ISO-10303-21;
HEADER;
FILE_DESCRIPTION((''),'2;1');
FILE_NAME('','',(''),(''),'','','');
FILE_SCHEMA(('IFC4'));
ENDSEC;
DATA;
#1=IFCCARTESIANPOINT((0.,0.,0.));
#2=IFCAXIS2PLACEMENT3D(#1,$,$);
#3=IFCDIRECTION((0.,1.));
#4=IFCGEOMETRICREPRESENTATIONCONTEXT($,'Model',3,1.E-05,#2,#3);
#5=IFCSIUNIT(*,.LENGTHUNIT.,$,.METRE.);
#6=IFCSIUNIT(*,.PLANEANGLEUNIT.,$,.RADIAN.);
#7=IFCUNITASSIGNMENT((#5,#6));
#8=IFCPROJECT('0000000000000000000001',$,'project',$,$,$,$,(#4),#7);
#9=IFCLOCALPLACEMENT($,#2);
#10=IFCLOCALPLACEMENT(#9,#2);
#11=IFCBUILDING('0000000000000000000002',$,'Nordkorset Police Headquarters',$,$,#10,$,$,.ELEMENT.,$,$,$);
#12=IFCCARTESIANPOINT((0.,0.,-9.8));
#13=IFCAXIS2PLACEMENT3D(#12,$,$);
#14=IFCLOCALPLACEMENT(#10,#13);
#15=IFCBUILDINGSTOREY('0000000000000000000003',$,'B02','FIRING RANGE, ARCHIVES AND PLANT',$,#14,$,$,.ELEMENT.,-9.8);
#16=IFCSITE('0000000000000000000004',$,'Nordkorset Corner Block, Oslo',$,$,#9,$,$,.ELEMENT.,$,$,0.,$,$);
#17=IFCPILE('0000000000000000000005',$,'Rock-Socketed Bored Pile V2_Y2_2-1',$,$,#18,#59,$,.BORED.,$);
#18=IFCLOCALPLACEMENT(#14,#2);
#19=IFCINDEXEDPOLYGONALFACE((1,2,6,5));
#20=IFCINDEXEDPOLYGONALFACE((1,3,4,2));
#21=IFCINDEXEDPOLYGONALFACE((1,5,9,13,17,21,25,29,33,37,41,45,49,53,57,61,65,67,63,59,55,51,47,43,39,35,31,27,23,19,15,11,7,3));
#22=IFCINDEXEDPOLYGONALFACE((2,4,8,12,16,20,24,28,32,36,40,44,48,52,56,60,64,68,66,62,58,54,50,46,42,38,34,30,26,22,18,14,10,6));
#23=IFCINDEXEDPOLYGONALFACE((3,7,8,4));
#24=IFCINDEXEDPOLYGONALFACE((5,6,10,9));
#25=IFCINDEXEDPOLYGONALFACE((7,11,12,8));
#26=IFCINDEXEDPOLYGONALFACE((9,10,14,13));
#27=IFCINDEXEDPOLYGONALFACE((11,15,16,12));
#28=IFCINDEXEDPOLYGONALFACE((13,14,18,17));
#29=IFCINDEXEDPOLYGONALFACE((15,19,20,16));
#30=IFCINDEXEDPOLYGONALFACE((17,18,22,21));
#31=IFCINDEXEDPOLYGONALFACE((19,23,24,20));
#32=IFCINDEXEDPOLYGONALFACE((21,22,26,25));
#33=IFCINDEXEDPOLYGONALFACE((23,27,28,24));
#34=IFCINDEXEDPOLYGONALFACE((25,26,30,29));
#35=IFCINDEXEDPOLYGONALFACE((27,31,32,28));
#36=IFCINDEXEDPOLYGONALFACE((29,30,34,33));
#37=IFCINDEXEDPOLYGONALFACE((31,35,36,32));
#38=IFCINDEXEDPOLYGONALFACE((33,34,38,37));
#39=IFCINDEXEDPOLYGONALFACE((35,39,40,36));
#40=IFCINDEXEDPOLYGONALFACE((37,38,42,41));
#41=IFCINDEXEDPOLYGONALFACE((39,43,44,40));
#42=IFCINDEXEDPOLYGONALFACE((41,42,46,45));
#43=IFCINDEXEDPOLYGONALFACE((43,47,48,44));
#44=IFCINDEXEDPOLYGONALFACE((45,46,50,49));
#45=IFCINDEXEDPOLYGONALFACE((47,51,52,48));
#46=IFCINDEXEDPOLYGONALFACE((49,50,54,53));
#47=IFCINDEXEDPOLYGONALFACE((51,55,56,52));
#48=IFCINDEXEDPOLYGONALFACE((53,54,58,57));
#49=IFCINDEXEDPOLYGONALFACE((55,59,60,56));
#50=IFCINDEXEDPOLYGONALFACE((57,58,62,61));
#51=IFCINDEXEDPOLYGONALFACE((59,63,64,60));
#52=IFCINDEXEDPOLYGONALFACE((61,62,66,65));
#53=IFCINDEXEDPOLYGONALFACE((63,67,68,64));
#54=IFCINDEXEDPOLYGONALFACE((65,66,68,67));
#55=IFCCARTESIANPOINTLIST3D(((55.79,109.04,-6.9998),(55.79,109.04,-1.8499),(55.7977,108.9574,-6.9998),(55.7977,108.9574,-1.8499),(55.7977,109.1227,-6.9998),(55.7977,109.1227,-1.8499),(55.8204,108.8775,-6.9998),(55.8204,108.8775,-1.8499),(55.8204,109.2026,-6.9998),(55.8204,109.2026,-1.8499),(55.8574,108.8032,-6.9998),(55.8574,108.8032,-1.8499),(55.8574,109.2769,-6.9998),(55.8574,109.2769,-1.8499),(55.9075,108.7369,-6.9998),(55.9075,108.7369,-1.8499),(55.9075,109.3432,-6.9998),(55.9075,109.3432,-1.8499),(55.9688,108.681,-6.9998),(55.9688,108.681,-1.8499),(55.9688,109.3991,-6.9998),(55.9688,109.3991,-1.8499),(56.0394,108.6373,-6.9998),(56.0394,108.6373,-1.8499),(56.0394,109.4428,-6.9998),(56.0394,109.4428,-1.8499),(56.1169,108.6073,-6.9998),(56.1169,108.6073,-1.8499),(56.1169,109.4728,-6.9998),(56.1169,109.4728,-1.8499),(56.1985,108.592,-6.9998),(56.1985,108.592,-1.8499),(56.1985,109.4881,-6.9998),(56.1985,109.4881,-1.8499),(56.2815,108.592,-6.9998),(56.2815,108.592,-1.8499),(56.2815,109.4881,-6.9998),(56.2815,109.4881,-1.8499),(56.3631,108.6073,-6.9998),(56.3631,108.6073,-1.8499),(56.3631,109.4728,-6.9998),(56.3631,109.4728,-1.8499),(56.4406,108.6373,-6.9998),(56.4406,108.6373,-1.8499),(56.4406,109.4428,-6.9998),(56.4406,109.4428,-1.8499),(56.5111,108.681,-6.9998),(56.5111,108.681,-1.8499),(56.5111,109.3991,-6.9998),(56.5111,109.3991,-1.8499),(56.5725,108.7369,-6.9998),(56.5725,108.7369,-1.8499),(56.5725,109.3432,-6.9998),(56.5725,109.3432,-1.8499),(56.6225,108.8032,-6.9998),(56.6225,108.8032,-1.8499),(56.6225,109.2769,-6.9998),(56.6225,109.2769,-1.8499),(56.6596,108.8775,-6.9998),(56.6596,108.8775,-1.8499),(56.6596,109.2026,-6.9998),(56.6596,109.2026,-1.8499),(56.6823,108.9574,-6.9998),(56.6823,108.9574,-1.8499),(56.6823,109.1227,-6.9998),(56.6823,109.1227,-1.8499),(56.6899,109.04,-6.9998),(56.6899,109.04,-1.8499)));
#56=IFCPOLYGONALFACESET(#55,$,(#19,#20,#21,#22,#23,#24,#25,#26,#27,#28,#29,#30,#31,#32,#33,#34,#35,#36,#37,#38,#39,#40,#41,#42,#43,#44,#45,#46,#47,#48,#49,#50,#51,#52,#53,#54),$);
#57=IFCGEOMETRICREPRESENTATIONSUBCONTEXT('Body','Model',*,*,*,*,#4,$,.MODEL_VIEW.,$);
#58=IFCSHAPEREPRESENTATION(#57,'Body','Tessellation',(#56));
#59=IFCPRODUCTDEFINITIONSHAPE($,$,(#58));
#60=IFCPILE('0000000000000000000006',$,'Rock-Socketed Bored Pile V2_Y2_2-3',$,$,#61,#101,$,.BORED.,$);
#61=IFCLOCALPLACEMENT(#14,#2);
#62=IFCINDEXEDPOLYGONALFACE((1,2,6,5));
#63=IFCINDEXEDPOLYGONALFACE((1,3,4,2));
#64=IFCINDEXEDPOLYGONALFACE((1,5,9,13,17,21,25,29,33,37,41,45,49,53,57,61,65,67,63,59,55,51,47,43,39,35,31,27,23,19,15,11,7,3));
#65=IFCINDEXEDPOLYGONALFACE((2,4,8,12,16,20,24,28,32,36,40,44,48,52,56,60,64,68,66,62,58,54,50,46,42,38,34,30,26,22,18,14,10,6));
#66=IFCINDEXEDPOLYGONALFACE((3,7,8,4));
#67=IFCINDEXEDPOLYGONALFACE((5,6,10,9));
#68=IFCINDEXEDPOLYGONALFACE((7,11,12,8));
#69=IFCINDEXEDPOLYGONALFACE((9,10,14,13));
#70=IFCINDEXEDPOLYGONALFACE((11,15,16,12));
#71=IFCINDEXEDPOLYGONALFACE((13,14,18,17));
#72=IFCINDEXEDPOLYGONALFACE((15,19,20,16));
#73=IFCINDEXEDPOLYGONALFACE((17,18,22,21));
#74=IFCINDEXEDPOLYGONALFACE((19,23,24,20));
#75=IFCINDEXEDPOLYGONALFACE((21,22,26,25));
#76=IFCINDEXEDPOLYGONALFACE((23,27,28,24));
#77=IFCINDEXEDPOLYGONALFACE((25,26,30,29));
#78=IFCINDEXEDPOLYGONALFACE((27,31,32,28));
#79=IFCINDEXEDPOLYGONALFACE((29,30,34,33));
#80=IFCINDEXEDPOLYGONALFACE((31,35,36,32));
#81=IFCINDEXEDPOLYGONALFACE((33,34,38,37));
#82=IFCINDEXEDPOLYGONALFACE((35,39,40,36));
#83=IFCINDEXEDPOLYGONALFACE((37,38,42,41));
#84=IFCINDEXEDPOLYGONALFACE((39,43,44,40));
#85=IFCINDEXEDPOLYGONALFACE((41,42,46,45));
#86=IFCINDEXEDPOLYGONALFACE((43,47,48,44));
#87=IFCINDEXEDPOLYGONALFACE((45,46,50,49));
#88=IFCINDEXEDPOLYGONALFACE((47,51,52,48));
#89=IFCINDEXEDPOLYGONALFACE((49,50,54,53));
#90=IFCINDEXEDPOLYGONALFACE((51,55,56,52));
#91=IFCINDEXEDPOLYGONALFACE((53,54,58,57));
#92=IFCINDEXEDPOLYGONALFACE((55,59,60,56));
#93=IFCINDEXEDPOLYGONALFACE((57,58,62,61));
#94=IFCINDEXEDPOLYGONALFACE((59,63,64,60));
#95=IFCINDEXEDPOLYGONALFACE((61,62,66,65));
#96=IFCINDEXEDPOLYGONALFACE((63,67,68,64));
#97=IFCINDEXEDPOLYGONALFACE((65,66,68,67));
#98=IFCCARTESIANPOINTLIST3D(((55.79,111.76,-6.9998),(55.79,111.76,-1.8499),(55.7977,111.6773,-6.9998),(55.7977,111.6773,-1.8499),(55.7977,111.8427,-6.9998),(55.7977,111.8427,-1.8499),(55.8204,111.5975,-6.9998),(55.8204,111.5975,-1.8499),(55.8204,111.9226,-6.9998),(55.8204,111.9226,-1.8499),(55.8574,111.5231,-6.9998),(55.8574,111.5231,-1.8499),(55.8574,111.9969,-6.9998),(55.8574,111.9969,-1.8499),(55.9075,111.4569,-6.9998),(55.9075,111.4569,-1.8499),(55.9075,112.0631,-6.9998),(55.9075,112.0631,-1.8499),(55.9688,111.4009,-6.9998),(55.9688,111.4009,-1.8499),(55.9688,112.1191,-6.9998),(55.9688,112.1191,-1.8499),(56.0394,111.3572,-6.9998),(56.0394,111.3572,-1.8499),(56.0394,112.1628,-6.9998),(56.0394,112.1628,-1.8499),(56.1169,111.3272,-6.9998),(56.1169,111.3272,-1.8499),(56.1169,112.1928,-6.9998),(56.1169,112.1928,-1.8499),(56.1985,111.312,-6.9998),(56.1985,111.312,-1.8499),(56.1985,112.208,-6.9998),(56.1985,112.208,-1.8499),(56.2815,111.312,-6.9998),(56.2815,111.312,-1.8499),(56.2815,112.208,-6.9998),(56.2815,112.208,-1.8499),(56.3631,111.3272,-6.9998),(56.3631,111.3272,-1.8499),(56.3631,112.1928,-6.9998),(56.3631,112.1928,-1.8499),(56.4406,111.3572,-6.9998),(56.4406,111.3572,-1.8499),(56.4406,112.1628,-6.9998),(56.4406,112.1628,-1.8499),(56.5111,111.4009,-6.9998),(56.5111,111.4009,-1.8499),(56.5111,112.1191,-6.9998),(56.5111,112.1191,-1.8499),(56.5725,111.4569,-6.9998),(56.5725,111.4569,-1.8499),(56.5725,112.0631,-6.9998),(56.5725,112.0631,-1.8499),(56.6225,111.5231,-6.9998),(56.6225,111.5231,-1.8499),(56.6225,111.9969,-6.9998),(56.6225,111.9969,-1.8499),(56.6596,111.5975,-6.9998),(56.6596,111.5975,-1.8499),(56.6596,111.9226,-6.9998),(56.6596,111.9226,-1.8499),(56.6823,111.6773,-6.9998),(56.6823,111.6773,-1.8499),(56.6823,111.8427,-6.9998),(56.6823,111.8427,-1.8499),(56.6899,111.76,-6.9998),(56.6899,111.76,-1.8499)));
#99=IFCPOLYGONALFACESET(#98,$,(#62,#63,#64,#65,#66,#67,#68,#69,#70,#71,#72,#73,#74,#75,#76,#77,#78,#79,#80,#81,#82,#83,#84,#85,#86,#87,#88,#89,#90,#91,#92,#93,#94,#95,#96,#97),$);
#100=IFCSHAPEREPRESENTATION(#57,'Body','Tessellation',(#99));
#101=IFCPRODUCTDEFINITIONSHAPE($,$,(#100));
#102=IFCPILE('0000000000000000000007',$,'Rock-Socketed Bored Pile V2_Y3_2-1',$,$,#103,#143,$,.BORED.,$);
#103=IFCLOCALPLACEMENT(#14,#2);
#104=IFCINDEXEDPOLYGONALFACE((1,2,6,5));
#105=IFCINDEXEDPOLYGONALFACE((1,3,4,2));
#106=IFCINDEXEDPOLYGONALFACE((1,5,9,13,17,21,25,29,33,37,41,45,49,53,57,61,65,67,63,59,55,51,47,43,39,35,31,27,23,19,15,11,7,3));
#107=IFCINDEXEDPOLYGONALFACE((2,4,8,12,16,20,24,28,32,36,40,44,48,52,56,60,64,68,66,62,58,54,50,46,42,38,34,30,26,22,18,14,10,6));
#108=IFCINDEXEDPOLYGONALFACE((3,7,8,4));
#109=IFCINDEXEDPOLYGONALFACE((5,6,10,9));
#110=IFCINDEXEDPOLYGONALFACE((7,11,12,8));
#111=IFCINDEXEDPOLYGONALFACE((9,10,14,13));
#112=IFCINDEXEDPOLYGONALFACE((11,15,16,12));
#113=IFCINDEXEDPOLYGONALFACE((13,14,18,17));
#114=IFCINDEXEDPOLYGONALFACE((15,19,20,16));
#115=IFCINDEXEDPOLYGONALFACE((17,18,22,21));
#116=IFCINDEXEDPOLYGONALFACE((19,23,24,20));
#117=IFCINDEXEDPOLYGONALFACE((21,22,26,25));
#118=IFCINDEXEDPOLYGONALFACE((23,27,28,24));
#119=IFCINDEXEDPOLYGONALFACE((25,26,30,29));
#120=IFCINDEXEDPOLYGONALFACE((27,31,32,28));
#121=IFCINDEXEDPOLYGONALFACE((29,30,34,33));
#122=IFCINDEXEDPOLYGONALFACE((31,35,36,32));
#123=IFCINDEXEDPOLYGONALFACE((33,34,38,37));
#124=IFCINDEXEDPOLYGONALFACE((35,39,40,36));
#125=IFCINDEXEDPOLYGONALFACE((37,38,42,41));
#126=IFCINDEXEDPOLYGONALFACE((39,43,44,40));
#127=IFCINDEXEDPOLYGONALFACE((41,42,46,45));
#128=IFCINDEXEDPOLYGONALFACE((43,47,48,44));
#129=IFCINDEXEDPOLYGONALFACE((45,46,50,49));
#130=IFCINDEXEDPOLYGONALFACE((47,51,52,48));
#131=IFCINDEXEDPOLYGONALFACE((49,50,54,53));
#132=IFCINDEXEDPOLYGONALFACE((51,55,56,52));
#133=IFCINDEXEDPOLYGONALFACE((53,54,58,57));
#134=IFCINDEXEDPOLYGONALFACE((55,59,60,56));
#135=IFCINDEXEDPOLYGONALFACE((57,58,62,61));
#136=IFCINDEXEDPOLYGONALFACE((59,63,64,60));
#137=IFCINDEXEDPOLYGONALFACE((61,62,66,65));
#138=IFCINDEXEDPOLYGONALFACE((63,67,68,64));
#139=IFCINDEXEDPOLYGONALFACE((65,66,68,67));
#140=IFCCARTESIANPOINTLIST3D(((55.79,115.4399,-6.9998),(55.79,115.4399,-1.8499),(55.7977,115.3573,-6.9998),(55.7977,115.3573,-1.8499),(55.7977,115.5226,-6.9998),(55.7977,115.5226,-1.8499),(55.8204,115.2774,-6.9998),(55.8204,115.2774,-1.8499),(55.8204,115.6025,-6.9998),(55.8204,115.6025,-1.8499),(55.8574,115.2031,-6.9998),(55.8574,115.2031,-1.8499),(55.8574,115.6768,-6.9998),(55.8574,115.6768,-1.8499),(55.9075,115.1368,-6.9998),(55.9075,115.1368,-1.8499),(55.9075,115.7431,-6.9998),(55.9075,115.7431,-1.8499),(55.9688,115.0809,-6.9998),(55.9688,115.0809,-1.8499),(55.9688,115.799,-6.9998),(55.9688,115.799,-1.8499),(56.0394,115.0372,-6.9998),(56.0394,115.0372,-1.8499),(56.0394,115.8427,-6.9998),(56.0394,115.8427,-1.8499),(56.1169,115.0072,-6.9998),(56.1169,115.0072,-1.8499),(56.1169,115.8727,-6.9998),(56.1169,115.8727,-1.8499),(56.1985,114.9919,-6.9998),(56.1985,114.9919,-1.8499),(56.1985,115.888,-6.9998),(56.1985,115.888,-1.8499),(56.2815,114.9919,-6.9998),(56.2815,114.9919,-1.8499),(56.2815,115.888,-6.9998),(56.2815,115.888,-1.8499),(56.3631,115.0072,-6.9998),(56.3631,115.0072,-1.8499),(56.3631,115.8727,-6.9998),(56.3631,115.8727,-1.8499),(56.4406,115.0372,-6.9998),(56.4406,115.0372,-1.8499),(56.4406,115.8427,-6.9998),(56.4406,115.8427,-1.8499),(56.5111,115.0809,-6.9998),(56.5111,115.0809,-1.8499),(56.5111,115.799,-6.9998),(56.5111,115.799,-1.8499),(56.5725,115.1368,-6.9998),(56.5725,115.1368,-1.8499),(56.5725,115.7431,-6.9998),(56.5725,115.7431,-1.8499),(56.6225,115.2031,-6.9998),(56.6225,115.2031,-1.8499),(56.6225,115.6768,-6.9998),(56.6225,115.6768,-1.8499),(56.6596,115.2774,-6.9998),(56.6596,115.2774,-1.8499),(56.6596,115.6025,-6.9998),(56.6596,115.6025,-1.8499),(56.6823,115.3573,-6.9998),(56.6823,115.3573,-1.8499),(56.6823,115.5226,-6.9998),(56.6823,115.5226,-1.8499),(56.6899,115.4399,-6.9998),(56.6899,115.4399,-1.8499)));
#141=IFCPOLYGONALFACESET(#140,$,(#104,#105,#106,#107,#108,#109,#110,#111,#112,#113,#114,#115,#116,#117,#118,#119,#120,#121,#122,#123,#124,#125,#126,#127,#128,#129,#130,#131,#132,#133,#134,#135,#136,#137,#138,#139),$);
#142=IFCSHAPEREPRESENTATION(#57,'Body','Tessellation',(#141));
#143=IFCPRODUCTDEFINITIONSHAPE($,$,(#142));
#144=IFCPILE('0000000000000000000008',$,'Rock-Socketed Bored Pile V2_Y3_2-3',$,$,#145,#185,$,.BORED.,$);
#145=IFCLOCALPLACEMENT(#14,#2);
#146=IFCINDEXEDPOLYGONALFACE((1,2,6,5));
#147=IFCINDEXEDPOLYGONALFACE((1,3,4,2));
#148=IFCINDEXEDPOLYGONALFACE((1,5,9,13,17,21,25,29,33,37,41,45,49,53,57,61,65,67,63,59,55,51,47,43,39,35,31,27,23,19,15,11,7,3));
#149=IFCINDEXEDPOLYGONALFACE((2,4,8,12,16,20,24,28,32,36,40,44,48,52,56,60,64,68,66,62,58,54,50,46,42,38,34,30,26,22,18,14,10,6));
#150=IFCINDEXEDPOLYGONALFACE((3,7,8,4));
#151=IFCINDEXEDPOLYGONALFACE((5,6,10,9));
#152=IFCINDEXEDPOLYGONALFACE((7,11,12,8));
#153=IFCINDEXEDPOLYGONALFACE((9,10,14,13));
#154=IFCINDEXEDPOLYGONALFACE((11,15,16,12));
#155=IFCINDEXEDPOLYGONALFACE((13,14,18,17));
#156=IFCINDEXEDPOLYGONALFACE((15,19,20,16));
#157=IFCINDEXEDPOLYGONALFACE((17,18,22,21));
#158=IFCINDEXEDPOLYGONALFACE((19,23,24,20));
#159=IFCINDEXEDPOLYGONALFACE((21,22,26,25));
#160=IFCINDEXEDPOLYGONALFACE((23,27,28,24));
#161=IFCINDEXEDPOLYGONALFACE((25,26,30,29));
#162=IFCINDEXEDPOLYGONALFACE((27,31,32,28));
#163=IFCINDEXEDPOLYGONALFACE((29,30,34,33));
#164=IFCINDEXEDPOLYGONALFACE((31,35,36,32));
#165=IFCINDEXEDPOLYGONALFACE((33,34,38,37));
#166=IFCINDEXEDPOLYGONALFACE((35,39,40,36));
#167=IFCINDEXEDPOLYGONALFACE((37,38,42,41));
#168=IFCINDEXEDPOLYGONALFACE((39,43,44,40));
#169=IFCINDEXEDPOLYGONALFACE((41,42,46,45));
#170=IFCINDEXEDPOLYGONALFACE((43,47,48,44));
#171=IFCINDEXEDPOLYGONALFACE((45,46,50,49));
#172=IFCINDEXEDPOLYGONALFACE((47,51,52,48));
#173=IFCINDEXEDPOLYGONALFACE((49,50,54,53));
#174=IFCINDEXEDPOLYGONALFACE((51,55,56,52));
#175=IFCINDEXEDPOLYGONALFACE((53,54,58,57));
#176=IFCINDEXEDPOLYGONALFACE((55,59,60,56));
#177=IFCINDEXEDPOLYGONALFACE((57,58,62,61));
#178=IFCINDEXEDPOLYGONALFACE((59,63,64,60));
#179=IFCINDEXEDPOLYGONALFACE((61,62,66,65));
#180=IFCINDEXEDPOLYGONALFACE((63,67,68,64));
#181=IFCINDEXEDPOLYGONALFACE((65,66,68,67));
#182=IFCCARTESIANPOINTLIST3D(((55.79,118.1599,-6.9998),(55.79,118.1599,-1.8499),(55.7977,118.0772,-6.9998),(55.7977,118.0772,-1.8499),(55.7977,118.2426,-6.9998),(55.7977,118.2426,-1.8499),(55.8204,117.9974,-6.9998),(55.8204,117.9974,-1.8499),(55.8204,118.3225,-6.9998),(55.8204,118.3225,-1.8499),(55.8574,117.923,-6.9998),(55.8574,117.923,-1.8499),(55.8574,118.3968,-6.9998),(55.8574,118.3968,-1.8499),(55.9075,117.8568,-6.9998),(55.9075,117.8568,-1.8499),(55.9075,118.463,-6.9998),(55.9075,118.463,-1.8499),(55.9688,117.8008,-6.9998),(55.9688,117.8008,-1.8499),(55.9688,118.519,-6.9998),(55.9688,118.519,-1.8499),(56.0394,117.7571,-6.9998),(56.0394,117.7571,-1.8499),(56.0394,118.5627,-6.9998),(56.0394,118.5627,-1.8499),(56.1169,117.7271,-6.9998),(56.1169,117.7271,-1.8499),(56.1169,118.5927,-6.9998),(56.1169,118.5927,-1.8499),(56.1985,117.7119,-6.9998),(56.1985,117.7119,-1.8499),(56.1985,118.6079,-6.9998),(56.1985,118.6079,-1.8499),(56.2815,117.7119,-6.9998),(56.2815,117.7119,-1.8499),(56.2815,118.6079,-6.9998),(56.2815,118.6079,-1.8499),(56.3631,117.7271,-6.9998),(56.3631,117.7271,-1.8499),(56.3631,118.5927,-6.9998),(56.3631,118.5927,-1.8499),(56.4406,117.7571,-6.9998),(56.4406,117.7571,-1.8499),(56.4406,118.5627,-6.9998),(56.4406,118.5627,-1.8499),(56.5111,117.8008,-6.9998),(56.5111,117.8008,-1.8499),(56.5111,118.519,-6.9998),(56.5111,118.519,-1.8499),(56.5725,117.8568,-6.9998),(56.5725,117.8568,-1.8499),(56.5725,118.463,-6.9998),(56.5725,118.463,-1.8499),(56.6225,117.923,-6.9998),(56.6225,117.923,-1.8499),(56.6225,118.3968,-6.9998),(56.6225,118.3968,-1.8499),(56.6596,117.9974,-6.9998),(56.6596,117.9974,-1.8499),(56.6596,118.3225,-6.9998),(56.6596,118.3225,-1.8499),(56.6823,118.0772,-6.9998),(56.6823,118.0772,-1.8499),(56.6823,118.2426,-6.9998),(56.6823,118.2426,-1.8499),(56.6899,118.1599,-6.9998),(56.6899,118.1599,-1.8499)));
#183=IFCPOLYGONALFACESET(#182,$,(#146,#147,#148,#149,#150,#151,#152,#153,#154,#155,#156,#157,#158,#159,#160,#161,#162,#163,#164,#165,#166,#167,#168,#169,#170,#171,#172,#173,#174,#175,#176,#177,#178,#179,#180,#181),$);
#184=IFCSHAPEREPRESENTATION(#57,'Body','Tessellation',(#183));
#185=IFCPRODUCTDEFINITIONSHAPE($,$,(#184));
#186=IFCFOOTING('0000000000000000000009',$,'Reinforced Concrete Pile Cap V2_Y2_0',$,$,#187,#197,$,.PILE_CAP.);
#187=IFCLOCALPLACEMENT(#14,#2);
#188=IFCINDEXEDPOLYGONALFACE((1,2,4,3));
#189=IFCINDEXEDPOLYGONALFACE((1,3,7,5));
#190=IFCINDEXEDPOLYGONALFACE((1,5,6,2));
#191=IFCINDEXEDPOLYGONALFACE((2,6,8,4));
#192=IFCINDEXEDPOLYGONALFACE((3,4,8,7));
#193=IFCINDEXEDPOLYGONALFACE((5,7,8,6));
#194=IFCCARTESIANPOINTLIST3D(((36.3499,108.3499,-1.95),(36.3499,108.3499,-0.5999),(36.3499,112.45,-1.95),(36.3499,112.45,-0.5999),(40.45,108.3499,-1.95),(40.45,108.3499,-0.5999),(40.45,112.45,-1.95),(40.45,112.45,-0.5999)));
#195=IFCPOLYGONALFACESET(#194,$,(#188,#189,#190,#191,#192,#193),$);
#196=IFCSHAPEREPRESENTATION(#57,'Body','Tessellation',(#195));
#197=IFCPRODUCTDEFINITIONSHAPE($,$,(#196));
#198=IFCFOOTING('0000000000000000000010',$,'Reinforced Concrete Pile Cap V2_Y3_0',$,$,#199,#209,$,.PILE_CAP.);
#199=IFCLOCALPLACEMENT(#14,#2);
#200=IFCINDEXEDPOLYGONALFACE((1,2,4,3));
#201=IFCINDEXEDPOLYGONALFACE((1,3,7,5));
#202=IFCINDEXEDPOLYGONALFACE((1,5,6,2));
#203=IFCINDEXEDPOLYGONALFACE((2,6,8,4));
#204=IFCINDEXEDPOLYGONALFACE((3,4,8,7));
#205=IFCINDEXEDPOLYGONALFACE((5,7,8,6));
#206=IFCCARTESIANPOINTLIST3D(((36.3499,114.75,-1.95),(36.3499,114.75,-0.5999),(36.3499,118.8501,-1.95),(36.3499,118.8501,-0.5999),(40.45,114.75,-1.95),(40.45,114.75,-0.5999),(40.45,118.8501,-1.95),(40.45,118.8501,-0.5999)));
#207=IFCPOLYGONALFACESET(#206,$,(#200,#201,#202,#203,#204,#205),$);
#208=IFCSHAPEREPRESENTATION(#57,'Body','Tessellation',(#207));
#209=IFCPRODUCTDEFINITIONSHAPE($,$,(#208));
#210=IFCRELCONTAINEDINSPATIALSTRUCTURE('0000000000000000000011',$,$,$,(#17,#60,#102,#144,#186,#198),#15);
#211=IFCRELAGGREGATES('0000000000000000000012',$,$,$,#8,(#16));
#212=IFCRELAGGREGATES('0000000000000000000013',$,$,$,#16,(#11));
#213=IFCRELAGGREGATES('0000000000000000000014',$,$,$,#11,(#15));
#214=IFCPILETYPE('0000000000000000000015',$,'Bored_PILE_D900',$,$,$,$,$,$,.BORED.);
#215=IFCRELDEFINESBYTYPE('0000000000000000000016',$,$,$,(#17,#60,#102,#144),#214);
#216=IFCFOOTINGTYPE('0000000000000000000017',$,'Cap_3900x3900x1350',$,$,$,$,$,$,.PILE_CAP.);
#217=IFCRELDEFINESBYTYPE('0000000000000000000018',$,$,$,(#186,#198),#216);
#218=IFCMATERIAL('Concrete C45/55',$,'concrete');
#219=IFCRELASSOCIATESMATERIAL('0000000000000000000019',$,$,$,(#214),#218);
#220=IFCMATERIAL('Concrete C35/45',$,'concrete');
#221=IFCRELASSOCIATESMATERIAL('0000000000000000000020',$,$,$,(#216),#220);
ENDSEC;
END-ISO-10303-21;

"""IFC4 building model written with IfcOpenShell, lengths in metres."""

from ifc_helpers import new_model, si_unit, direction, frame, origin, origin_2d, place, context, subcontext, project, spatial, rectangle, circle, extrude, material, material_profile, profile_set, type_object, element, save


model = new_model("IFC4")

# Units and contexts
model_context = context("Model", 3, precision=1e-05, world=origin(), true_north=direction((0.0, 1.0)))
body_context = subcontext(model_context, "Body", "Model", "MODEL_VIEW")
ifc_project = project(units=[si_unit("LENGTHUNIT", "METRE"), si_unit("PLANEANGLEUNIT", "RADIAN")], contexts=[model_context])

# Site, building, storey
site_placement = place(None, origin())
site = spatial("IfcSite", under=ifc_project, at=site_placement, Name="Nordkorset Corner Block, Oslo", CompositionType="ELEMENT", RefElevation=0.0)
building_placement = place(site_placement, origin())
building = spatial("IfcBuilding", under=site, at=building_placement, Name="Nordkorset Police Headquarters", CompositionType="ELEMENT")
storey_placement = place(building_placement, frame((0.0, 0.0, -9.8)))
storey = spatial("IfcBuildingStorey", under=building, at=storey_placement, Name="B02", Description="FIRING RANGE, ARCHIVES AND PLANT", CompositionType="ELEMENT", Elevation=-9.8)

# Piles
ifc_material_1 = material(Name="Concrete C45/55", Category="concrete")
ifc_material_profile_1 = material_profile(ifc_material_1, circle(Radius=0.45, at=origin_2d()), Name="PILE D900")
ifc_profile_set_1 = profile_set([ifc_material_profile_1], Name="Concrete C45/55")
pile_type = type_object("IfcPileType", Name="Bored_PILE_D900", PredefinedType="BORED", material=ifc_profile_set_1)
for number, where, z_axis, x_axis, name in (
    (1, (56.24, 109.04, -1.8499), (0.0, 0.0, -1.0), (1.0, 0.0, 0.0), "Rock-Socketed Bored Pile V2_Y2_2-1"),
    (2, (56.24, 111.76, -1.8499), (0.0, 0.0, -1.0), (1.0, 0.0, 0.0), "Rock-Socketed Bored Pile V2_Y2_2-3"),
    (3, (56.24, 115.4399, -1.8499), (0.0, 0.0, -1.0), (1.0, 0.0, 0.0), "Rock-Socketed Bored Pile V2_Y3_2-1"),
    (4, (56.24, 118.1599, -1.8499), (0.0, 0.0, -1.0), (1.0, 0.0, 0.0), "Rock-Socketed Bored Pile V2_Y3_2-3"),
):
    element("IfcPile", number, at=place(storey_placement, frame(where, z_axis=z_axis, x_axis=x_axis)), inside=storey, type_object=pile_type, Name=name, PredefinedType="BORED", context=body_context, shape_type="SweptSolid", body=[
        extrude(circle(Radius=0.45, at=origin_2d()), origin(), (0.0, 0.0, 1.0), 5.1499),
    ])

# Footings
ifc_material_2 = material(Name="Concrete C35/45", Category="concrete")
footing_type = type_object("IfcFootingType", Name="Cap_3900x3900x1350", PredefinedType="PILE_CAP", material=ifc_material_2)
for number, where, z_axis, x_axis, name in (
    (5, (38.3999, 110.3999, -1.95), (0.0, 0.0, 1.0), (1.0, 0.0, 0.0), "Reinforced Concrete Pile Cap V2_Y2_0"),
    (6, (38.3999, 116.8, -1.95), (0.0, 0.0, 1.0), (1.0, 0.0, 0.0), "Reinforced Concrete Pile Cap V2_Y3_0"),
):
    element("IfcFooting", number, at=place(storey_placement, frame(where, z_axis=z_axis, x_axis=x_axis)), inside=storey, type_object=footing_type, Name=name, PredefinedType="PILE_CAP", context=body_context, shape_type="SweptSolid", body=[
        extrude(rectangle(XDim=4.1001, YDim=4.1001, at=origin_2d()), origin(), (0.0, 0.0, 1.0), 1.3501),
    ])

save(model, "model.ifc")
